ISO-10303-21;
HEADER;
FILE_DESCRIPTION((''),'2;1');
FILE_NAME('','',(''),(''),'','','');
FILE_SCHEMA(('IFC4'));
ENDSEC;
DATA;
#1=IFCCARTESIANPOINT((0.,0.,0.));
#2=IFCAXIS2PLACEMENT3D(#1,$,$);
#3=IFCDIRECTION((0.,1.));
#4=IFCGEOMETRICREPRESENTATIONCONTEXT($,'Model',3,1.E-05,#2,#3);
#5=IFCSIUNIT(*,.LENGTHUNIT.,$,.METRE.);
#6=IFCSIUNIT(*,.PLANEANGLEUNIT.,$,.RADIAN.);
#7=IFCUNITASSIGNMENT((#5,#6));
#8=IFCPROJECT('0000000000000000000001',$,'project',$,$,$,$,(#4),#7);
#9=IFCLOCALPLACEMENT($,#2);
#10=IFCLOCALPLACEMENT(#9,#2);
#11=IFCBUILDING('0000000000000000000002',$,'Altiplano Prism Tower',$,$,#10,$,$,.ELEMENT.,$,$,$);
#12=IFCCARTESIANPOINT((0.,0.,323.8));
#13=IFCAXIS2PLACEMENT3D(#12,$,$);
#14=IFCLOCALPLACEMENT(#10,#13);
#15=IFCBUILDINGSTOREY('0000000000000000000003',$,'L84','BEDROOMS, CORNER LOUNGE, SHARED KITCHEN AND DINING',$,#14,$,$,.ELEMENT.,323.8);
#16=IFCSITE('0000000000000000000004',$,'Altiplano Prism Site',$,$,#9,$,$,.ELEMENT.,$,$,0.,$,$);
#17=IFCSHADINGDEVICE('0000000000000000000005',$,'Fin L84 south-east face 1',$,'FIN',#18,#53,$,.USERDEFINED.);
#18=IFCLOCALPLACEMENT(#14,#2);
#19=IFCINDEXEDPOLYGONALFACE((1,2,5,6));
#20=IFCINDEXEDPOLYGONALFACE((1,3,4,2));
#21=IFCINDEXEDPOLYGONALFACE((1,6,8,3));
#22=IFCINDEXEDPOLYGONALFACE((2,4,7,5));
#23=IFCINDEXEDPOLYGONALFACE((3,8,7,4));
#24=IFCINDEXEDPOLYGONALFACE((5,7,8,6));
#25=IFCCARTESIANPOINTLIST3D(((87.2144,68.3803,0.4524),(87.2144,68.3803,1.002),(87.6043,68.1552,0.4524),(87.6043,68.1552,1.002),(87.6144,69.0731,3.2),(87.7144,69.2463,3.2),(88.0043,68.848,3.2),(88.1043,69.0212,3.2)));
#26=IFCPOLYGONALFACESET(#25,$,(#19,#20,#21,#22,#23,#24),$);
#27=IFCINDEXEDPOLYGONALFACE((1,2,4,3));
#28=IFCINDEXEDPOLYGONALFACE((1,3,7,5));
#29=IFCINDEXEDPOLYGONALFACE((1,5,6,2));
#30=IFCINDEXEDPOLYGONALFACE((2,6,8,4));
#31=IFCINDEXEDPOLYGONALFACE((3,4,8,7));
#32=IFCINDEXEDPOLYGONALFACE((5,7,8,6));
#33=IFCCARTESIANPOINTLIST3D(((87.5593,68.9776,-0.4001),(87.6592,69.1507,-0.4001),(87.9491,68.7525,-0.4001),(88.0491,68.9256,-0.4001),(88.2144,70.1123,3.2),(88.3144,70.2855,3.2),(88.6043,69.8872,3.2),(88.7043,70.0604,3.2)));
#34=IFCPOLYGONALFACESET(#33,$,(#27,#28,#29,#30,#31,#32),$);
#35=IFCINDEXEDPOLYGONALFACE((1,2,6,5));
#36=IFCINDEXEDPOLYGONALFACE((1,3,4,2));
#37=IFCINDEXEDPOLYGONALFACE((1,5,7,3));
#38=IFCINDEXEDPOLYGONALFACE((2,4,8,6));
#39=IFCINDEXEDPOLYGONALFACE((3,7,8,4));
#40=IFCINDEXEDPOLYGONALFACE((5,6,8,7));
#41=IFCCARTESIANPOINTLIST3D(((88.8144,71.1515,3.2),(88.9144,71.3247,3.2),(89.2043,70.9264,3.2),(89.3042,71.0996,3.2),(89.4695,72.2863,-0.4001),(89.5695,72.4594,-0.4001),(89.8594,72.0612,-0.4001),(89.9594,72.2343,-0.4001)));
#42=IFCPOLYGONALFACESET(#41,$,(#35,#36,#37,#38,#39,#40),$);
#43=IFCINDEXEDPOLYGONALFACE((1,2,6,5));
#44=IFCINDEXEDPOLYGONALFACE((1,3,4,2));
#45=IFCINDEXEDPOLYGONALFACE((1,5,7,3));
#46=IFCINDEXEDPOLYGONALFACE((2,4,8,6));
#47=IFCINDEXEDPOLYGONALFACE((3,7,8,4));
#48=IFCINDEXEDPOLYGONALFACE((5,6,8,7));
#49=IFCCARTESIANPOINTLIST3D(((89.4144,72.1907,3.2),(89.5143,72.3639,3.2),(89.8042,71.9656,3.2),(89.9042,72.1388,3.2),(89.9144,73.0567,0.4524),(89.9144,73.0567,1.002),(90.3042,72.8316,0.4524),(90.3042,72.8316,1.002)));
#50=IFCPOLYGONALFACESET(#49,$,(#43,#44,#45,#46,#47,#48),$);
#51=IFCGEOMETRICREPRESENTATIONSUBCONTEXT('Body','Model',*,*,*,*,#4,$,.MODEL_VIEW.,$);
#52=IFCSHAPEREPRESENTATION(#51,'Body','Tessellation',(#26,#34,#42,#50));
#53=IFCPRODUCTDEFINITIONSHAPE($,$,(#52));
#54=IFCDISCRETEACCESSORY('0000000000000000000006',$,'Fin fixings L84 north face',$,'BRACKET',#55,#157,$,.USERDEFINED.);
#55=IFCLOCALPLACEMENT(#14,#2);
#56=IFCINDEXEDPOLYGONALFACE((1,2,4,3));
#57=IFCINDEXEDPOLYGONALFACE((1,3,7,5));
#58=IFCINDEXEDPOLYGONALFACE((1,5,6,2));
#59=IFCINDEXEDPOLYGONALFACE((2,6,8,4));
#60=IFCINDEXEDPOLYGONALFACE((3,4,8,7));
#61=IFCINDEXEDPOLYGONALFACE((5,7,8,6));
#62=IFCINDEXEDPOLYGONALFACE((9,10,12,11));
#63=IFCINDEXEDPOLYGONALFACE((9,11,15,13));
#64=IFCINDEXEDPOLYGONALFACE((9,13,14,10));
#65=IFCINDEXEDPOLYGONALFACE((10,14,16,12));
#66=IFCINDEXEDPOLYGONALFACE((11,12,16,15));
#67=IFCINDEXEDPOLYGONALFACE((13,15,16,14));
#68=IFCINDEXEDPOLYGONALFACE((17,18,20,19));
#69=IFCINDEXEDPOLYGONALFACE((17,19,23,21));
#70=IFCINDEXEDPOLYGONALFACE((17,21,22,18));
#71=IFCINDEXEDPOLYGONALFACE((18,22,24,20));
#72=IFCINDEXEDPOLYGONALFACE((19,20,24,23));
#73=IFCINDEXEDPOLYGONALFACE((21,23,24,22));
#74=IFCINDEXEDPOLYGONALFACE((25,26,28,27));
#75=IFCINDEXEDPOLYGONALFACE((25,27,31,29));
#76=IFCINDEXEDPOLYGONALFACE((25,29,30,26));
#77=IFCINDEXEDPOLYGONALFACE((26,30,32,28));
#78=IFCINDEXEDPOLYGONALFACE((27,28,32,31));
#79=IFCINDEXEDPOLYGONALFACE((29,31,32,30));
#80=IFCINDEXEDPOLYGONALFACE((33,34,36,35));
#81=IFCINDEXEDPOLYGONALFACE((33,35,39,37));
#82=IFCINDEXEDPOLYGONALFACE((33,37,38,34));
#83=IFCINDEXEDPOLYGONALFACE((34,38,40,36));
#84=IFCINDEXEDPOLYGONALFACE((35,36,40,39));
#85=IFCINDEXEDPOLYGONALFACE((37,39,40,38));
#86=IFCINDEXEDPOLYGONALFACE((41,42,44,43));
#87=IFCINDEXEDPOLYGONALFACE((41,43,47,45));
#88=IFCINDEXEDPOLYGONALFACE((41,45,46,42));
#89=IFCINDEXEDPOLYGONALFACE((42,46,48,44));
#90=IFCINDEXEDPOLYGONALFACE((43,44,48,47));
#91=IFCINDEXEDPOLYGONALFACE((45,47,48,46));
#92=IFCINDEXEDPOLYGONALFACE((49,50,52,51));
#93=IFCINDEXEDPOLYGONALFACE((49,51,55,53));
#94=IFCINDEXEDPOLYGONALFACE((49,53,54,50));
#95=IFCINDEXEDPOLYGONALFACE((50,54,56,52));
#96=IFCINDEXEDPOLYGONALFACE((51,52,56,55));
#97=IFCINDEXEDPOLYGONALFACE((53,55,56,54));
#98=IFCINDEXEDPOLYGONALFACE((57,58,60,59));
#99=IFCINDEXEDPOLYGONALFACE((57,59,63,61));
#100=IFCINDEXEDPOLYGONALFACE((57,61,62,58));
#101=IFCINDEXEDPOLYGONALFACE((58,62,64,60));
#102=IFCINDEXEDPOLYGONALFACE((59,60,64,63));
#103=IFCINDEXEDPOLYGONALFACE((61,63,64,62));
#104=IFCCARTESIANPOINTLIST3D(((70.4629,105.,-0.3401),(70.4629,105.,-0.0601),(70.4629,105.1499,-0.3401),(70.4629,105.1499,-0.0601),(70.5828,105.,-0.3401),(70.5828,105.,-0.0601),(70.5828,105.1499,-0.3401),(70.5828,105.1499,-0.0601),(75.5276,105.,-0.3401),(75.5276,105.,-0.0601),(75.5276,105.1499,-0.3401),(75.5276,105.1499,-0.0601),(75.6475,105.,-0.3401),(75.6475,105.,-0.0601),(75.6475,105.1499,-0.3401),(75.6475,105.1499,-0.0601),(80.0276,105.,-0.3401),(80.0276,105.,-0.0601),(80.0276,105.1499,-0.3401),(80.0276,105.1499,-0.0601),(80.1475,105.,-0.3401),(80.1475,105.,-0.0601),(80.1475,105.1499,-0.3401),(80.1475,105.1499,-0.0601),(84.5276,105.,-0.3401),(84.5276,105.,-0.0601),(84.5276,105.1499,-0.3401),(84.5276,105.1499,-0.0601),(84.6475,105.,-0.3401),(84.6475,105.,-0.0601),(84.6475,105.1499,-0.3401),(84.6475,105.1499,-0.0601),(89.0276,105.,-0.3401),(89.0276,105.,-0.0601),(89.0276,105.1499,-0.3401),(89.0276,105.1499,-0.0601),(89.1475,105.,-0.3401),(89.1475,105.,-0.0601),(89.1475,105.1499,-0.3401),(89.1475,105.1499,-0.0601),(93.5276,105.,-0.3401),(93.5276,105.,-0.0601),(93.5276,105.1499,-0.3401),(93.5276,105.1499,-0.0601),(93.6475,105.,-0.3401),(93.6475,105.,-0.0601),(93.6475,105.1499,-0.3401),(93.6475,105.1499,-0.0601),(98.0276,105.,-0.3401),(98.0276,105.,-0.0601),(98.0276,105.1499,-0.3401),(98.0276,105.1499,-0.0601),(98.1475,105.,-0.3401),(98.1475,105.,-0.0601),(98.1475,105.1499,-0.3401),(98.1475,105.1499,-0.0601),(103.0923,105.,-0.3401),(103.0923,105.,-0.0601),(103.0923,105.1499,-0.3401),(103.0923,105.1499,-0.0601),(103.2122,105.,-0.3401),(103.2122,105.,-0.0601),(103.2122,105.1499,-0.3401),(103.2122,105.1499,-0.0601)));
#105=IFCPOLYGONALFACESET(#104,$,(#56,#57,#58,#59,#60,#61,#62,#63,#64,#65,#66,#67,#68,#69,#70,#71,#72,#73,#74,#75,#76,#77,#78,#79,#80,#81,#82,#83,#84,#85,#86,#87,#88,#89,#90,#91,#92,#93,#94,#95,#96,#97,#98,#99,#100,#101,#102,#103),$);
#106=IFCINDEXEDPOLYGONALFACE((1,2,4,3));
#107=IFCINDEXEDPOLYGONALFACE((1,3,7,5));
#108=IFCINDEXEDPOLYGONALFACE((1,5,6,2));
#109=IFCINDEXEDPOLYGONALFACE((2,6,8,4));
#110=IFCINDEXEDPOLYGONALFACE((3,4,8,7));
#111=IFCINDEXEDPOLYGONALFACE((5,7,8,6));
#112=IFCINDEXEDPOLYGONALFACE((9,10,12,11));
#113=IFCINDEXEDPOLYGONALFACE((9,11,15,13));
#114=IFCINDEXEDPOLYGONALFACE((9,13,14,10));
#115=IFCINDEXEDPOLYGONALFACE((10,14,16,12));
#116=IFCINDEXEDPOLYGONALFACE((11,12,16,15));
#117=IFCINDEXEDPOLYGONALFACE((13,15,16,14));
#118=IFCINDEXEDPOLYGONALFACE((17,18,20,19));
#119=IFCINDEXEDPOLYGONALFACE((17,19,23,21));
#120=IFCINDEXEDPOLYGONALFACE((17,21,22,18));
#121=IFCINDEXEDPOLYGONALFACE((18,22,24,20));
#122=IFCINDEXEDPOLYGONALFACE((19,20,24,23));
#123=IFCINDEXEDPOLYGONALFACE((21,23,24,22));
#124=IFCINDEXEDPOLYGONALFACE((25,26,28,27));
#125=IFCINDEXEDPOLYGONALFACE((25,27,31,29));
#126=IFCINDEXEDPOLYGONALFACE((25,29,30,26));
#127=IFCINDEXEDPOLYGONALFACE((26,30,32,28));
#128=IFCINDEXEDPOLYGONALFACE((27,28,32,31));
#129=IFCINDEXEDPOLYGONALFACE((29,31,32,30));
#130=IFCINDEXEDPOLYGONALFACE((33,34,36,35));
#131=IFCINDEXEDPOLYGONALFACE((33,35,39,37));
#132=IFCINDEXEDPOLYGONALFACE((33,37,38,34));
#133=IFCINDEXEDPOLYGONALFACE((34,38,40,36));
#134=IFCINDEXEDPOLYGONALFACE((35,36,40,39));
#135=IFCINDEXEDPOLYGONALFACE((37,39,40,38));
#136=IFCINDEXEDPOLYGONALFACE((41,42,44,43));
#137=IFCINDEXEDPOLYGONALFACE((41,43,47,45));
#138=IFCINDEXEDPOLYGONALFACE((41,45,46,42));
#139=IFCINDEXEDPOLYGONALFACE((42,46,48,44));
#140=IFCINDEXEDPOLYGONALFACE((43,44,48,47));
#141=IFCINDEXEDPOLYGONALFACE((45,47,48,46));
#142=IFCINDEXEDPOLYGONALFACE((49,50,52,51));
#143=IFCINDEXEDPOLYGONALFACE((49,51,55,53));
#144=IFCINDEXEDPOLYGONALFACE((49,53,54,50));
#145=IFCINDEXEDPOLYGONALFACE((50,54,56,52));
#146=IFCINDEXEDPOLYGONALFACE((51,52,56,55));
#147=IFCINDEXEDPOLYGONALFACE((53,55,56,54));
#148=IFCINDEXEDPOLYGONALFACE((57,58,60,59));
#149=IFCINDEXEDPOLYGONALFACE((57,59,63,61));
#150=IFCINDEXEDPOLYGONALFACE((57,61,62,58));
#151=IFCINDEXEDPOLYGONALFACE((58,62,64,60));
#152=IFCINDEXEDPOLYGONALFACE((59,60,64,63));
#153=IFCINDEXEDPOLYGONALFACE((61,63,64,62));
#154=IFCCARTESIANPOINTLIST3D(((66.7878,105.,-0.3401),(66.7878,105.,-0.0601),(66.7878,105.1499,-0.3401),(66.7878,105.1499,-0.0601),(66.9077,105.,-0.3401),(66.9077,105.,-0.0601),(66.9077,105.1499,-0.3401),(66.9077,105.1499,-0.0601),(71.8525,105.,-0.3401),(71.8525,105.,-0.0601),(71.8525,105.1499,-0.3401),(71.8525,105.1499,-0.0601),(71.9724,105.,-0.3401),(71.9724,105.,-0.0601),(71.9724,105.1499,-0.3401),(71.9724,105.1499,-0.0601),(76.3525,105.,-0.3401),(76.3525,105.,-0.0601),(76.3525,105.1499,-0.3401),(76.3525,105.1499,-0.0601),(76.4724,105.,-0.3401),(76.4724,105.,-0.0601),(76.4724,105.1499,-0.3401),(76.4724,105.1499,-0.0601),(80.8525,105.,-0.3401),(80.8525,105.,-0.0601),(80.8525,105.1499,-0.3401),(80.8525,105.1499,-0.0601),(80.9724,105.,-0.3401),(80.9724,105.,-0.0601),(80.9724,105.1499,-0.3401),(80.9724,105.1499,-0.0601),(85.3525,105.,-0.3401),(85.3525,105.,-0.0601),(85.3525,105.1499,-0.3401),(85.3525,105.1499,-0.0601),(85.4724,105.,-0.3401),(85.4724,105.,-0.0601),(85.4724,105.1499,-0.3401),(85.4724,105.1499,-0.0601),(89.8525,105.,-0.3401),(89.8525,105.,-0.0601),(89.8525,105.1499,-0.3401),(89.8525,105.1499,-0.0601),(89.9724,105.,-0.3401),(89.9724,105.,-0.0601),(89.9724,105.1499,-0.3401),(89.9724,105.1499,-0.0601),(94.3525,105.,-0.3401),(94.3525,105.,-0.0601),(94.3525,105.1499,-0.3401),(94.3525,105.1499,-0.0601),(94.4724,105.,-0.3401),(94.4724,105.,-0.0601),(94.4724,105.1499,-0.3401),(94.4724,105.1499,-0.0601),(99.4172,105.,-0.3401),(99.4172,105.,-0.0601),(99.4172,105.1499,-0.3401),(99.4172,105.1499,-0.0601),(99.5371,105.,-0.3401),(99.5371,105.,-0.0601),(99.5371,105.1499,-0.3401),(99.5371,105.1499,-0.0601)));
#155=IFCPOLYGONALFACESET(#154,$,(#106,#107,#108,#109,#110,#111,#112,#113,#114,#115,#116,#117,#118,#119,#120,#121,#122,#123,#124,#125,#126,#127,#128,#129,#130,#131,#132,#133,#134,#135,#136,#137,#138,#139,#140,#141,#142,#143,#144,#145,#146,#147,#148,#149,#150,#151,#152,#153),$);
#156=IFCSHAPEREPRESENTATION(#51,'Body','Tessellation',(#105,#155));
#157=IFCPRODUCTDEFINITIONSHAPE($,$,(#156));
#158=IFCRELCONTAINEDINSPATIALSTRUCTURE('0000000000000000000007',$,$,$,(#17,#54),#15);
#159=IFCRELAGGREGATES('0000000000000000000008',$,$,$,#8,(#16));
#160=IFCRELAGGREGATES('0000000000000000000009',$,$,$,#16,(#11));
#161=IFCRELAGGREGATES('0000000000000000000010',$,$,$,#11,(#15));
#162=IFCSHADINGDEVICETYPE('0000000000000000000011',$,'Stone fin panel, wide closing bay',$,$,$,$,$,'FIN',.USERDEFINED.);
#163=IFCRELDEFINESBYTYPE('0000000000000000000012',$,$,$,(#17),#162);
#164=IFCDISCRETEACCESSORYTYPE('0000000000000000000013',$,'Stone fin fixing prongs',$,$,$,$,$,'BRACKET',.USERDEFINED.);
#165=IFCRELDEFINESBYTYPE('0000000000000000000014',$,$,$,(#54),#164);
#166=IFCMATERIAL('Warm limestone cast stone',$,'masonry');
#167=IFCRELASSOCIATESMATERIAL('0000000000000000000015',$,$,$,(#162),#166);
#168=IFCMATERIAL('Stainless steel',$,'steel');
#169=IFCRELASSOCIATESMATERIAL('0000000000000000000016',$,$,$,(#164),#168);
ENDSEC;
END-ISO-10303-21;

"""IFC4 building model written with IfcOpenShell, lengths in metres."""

from ifc_helpers import new_model, si_unit, direction, frame, origin, place, context, subcontext, project, spatial, polyline, outline, extrude, source, transform, mapped, material, type_object, element, save


model = new_model("IFC4")

# Units and contexts
model_context = context("Model", 3, precision=1e-05, world=origin(), true_north=direction((0.0, 1.0)))
body_context = subcontext(model_context, "Body", "Model", "MODEL_VIEW")
ifc_project = project(units=[si_unit("LENGTHUNIT", "METRE"), si_unit("PLANEANGLEUNIT", "RADIAN")], contexts=[model_context])

# Site, building, storey
site_placement = place(None, origin())
site = spatial("IfcSite", under=ifc_project, at=site_placement, Name="Altiplano Prism Site", CompositionType="ELEMENT", RefElevation=0.0)
building_placement = place(site_placement, origin())
building = spatial("IfcBuilding", under=site, at=building_placement, Name="Altiplano Prism Tower", CompositionType="ELEMENT")
storey_placement = place(building_placement, frame((0.0, 0.0, 323.8)))
storey = spatial("IfcBuildingStorey", under=building, at=storey_placement, Name="L84", Description="BEDROOMS, CORNER LOUNGE, SHARED KITCHEN AND DINING", CompositionType="ELEMENT", Elevation=323.8)

# Shading device
ifc_material_1 = material(Name="Warm limestone cast stone", Category="masonry")
shading_device_type_1 = type_object("IfcShadingDeviceType", Name="Stone fin panel, wide closing bay", ElementType="FIN", PredefinedType="USERDEFINED", material=ifc_material_1)
shared_shape_1 = source(origin(), body_context, "Body", "SweptSolid", [
    extrude(outline(polyline([(-2.7, 0.8525), (-1.7, 3.6001), (-1.8999, 3.6001), (-2.7, 1.4021), (-2.7, 0.8525)])), frame((0.0, -0.1499, 0.0), z_axis=(0.0, -1.0, 0.0), x_axis=(1.0, 0.0, 0.0)), (0.0, 0.0, 1.0), 0.4502),
    extrude(outline(polyline([(-2.0103, 0.0), (-1.8103, 0.0), (-0.5, 3.6001), (-0.7, 3.6001), (-2.0103, 0.0)])), frame((0.0, -0.1499, 0.0), z_axis=(0.0, -1.0, 0.0), x_axis=(1.0, 0.0, 0.0)), (0.0, 0.0, 1.0), 0.4502),
    extrude(outline(polyline([(1.8103, 0.0), (2.0103, 0.0), (0.7, 3.6001), (0.5, 3.6001), (1.8103, 0.0)])), frame((0.0, -0.1499, 0.0), z_axis=(0.0, -1.0, 0.0), x_axis=(1.0, 0.0, 0.0)), (0.0, 0.0, 1.0), 0.4502),
    extrude(outline(polyline([(2.7, 1.4021), (1.8999, 3.6001), (1.7, 3.6001), (2.7, 0.8525), (2.7, 1.4021)])), frame((0.0, -0.1499, 0.0), z_axis=(0.0, -1.0, 0.0), x_axis=(1.0, 0.0, 0.0)), (0.0, 0.0, 1.0), 0.4502),
])
shading_device_1_placement = place(storey_placement, origin())
element("IfcShadingDevice", 1, at=shading_device_1_placement, inside=storey, type_object=shading_device_type_1, Name="Fin L84 south-east face 1", ObjectType="FIN", PredefinedType="USERDEFINED", context=body_context, shape_type="MappedRepresentation", body=[
    mapped(shared_shape_1, transform((88.4346, 70.7935, -0.4001), x_axis=(0.5, 0.866025, 0.0), y_axis=(-0.866025, 0.5, 0.0), z_axis=(0.0, 0.0, 1.0))),
])

# Discrete accessory
ifc_material_2 = material(Name="Stainless steel", Category="steel")
discrete_accessory_type = type_object("IfcDiscreteAccessoryType", Name="Stone fin fixing prongs", ElementType="BRACKET", PredefinedType="USERDEFINED", material=ifc_material_2)
shared_shape_2 = source(origin(), body_context, "Body", "SweptSolid", [
    extrude(outline(polyline([(-1.8975, 0.0601), (-1.7776, 0.0601), (-1.7776, 0.3401), (-1.8975, 0.3401), (-1.8975, 0.0601)])), frame((0.0, 0.0, 0.0), z_axis=(0.0, -1.0, 0.0), x_axis=(1.0, 0.0, 0.0)), (0.0, 0.0, 1.0), 0.1499),
    extrude(outline(polyline([(1.7776, 0.0601), (1.8975, 0.0601), (1.8975, 0.3401), (1.7776, 0.3401), (1.7776, 0.0601)])), frame((0.0, 0.0, 0.0), z_axis=(0.0, -1.0, 0.0), x_axis=(1.0, 0.0, 0.0)), (0.0, 0.0, 1.0), 0.1499),
])
shared_shape_3 = source(origin(), body_context, "Body", "SweptSolid", [
    extrude(outline(polyline([(-1.8975, 0.0601), (-1.7776, 0.0601), (-1.7776, 0.3401), (-1.8975, 0.3401), (-1.8975, 0.0601)])), frame((0.0, 0.0, 0.0), z_axis=(0.0, -1.0, 0.0), x_axis=(1.0, 0.0, 0.0)), (0.0, 0.0, 1.0), 0.1499),
    extrude(outline(polyline([(1.7776, 0.0601), (1.8975, 0.0601), (1.8975, 0.3401), (1.7776, 0.3401), (1.7776, 0.0601)])), frame((0.0, 0.0, 0.0), z_axis=(0.0, -1.0, 0.0), x_axis=(1.0, 0.0, 0.0)), (0.0, 0.0, 1.0), 0.1499),
])
discrete_accessory_1_placement = place(storey_placement, origin())
element("IfcDiscreteAccessory", 2, at=discrete_accessory_1_placement, inside=storey, type_object=discrete_accessory_type, Name="Fin fixings L84 north face", ObjectType="BRACKET", PredefinedType="USERDEFINED", context=body_context, shape_type="MappedRepresentation", body=[
    mapped(shared_shape_2, transform((101.3147, 105.0, -0.4001), x_axis=(-1.0, 0.0, 0.0), y_axis=(0.0, -1.0, 0.0), z_axis=(0.0, 0.0, 1.0))),
    mapped(shared_shape_3, transform((96.25, 105.0, -0.4001), x_axis=(-1.0, 0.0, 0.0), y_axis=(0.0, -1.0, 0.0), z_axis=(0.0, 0.0, 1.0))),
    mapped(shared_shape_3, transform((91.75, 105.0, -0.4001), x_axis=(-1.0, 0.0, 0.0), y_axis=(0.0, -1.0, 0.0), z_axis=(0.0, 0.0, 1.0))),
    mapped(shared_shape_3, transform((87.25, 105.0, -0.4001), x_axis=(-1.0, 0.0, 0.0), y_axis=(0.0, -1.0, 0.0), z_axis=(0.0, 0.0, 1.0))),
    mapped(shared_shape_3, transform((82.75, 105.0, -0.4001), x_axis=(-1.0, 0.0, 0.0), y_axis=(0.0, -1.0, 0.0), z_axis=(0.0, 0.0, 1.0))),
    mapped(shared_shape_3, transform((78.25, 105.0, -0.4001), x_axis=(-1.0, 0.0, 0.0), y_axis=(0.0, -1.0, 0.0), z_axis=(0.0, 0.0, 1.0))),
    mapped(shared_shape_3, transform((73.75, 105.0, -0.4001), x_axis=(-1.0, 0.0, 0.0), y_axis=(0.0, -1.0, 0.0), z_axis=(0.0, 0.0, 1.0))),
    mapped(shared_shape_2, transform((68.6853, 105.0, -0.4001), x_axis=(-1.0, 0.0, 0.0), y_axis=(0.0, -1.0, 0.0), z_axis=(0.0, 0.0, 1.0))),
])

save(model, "model.ifc")
